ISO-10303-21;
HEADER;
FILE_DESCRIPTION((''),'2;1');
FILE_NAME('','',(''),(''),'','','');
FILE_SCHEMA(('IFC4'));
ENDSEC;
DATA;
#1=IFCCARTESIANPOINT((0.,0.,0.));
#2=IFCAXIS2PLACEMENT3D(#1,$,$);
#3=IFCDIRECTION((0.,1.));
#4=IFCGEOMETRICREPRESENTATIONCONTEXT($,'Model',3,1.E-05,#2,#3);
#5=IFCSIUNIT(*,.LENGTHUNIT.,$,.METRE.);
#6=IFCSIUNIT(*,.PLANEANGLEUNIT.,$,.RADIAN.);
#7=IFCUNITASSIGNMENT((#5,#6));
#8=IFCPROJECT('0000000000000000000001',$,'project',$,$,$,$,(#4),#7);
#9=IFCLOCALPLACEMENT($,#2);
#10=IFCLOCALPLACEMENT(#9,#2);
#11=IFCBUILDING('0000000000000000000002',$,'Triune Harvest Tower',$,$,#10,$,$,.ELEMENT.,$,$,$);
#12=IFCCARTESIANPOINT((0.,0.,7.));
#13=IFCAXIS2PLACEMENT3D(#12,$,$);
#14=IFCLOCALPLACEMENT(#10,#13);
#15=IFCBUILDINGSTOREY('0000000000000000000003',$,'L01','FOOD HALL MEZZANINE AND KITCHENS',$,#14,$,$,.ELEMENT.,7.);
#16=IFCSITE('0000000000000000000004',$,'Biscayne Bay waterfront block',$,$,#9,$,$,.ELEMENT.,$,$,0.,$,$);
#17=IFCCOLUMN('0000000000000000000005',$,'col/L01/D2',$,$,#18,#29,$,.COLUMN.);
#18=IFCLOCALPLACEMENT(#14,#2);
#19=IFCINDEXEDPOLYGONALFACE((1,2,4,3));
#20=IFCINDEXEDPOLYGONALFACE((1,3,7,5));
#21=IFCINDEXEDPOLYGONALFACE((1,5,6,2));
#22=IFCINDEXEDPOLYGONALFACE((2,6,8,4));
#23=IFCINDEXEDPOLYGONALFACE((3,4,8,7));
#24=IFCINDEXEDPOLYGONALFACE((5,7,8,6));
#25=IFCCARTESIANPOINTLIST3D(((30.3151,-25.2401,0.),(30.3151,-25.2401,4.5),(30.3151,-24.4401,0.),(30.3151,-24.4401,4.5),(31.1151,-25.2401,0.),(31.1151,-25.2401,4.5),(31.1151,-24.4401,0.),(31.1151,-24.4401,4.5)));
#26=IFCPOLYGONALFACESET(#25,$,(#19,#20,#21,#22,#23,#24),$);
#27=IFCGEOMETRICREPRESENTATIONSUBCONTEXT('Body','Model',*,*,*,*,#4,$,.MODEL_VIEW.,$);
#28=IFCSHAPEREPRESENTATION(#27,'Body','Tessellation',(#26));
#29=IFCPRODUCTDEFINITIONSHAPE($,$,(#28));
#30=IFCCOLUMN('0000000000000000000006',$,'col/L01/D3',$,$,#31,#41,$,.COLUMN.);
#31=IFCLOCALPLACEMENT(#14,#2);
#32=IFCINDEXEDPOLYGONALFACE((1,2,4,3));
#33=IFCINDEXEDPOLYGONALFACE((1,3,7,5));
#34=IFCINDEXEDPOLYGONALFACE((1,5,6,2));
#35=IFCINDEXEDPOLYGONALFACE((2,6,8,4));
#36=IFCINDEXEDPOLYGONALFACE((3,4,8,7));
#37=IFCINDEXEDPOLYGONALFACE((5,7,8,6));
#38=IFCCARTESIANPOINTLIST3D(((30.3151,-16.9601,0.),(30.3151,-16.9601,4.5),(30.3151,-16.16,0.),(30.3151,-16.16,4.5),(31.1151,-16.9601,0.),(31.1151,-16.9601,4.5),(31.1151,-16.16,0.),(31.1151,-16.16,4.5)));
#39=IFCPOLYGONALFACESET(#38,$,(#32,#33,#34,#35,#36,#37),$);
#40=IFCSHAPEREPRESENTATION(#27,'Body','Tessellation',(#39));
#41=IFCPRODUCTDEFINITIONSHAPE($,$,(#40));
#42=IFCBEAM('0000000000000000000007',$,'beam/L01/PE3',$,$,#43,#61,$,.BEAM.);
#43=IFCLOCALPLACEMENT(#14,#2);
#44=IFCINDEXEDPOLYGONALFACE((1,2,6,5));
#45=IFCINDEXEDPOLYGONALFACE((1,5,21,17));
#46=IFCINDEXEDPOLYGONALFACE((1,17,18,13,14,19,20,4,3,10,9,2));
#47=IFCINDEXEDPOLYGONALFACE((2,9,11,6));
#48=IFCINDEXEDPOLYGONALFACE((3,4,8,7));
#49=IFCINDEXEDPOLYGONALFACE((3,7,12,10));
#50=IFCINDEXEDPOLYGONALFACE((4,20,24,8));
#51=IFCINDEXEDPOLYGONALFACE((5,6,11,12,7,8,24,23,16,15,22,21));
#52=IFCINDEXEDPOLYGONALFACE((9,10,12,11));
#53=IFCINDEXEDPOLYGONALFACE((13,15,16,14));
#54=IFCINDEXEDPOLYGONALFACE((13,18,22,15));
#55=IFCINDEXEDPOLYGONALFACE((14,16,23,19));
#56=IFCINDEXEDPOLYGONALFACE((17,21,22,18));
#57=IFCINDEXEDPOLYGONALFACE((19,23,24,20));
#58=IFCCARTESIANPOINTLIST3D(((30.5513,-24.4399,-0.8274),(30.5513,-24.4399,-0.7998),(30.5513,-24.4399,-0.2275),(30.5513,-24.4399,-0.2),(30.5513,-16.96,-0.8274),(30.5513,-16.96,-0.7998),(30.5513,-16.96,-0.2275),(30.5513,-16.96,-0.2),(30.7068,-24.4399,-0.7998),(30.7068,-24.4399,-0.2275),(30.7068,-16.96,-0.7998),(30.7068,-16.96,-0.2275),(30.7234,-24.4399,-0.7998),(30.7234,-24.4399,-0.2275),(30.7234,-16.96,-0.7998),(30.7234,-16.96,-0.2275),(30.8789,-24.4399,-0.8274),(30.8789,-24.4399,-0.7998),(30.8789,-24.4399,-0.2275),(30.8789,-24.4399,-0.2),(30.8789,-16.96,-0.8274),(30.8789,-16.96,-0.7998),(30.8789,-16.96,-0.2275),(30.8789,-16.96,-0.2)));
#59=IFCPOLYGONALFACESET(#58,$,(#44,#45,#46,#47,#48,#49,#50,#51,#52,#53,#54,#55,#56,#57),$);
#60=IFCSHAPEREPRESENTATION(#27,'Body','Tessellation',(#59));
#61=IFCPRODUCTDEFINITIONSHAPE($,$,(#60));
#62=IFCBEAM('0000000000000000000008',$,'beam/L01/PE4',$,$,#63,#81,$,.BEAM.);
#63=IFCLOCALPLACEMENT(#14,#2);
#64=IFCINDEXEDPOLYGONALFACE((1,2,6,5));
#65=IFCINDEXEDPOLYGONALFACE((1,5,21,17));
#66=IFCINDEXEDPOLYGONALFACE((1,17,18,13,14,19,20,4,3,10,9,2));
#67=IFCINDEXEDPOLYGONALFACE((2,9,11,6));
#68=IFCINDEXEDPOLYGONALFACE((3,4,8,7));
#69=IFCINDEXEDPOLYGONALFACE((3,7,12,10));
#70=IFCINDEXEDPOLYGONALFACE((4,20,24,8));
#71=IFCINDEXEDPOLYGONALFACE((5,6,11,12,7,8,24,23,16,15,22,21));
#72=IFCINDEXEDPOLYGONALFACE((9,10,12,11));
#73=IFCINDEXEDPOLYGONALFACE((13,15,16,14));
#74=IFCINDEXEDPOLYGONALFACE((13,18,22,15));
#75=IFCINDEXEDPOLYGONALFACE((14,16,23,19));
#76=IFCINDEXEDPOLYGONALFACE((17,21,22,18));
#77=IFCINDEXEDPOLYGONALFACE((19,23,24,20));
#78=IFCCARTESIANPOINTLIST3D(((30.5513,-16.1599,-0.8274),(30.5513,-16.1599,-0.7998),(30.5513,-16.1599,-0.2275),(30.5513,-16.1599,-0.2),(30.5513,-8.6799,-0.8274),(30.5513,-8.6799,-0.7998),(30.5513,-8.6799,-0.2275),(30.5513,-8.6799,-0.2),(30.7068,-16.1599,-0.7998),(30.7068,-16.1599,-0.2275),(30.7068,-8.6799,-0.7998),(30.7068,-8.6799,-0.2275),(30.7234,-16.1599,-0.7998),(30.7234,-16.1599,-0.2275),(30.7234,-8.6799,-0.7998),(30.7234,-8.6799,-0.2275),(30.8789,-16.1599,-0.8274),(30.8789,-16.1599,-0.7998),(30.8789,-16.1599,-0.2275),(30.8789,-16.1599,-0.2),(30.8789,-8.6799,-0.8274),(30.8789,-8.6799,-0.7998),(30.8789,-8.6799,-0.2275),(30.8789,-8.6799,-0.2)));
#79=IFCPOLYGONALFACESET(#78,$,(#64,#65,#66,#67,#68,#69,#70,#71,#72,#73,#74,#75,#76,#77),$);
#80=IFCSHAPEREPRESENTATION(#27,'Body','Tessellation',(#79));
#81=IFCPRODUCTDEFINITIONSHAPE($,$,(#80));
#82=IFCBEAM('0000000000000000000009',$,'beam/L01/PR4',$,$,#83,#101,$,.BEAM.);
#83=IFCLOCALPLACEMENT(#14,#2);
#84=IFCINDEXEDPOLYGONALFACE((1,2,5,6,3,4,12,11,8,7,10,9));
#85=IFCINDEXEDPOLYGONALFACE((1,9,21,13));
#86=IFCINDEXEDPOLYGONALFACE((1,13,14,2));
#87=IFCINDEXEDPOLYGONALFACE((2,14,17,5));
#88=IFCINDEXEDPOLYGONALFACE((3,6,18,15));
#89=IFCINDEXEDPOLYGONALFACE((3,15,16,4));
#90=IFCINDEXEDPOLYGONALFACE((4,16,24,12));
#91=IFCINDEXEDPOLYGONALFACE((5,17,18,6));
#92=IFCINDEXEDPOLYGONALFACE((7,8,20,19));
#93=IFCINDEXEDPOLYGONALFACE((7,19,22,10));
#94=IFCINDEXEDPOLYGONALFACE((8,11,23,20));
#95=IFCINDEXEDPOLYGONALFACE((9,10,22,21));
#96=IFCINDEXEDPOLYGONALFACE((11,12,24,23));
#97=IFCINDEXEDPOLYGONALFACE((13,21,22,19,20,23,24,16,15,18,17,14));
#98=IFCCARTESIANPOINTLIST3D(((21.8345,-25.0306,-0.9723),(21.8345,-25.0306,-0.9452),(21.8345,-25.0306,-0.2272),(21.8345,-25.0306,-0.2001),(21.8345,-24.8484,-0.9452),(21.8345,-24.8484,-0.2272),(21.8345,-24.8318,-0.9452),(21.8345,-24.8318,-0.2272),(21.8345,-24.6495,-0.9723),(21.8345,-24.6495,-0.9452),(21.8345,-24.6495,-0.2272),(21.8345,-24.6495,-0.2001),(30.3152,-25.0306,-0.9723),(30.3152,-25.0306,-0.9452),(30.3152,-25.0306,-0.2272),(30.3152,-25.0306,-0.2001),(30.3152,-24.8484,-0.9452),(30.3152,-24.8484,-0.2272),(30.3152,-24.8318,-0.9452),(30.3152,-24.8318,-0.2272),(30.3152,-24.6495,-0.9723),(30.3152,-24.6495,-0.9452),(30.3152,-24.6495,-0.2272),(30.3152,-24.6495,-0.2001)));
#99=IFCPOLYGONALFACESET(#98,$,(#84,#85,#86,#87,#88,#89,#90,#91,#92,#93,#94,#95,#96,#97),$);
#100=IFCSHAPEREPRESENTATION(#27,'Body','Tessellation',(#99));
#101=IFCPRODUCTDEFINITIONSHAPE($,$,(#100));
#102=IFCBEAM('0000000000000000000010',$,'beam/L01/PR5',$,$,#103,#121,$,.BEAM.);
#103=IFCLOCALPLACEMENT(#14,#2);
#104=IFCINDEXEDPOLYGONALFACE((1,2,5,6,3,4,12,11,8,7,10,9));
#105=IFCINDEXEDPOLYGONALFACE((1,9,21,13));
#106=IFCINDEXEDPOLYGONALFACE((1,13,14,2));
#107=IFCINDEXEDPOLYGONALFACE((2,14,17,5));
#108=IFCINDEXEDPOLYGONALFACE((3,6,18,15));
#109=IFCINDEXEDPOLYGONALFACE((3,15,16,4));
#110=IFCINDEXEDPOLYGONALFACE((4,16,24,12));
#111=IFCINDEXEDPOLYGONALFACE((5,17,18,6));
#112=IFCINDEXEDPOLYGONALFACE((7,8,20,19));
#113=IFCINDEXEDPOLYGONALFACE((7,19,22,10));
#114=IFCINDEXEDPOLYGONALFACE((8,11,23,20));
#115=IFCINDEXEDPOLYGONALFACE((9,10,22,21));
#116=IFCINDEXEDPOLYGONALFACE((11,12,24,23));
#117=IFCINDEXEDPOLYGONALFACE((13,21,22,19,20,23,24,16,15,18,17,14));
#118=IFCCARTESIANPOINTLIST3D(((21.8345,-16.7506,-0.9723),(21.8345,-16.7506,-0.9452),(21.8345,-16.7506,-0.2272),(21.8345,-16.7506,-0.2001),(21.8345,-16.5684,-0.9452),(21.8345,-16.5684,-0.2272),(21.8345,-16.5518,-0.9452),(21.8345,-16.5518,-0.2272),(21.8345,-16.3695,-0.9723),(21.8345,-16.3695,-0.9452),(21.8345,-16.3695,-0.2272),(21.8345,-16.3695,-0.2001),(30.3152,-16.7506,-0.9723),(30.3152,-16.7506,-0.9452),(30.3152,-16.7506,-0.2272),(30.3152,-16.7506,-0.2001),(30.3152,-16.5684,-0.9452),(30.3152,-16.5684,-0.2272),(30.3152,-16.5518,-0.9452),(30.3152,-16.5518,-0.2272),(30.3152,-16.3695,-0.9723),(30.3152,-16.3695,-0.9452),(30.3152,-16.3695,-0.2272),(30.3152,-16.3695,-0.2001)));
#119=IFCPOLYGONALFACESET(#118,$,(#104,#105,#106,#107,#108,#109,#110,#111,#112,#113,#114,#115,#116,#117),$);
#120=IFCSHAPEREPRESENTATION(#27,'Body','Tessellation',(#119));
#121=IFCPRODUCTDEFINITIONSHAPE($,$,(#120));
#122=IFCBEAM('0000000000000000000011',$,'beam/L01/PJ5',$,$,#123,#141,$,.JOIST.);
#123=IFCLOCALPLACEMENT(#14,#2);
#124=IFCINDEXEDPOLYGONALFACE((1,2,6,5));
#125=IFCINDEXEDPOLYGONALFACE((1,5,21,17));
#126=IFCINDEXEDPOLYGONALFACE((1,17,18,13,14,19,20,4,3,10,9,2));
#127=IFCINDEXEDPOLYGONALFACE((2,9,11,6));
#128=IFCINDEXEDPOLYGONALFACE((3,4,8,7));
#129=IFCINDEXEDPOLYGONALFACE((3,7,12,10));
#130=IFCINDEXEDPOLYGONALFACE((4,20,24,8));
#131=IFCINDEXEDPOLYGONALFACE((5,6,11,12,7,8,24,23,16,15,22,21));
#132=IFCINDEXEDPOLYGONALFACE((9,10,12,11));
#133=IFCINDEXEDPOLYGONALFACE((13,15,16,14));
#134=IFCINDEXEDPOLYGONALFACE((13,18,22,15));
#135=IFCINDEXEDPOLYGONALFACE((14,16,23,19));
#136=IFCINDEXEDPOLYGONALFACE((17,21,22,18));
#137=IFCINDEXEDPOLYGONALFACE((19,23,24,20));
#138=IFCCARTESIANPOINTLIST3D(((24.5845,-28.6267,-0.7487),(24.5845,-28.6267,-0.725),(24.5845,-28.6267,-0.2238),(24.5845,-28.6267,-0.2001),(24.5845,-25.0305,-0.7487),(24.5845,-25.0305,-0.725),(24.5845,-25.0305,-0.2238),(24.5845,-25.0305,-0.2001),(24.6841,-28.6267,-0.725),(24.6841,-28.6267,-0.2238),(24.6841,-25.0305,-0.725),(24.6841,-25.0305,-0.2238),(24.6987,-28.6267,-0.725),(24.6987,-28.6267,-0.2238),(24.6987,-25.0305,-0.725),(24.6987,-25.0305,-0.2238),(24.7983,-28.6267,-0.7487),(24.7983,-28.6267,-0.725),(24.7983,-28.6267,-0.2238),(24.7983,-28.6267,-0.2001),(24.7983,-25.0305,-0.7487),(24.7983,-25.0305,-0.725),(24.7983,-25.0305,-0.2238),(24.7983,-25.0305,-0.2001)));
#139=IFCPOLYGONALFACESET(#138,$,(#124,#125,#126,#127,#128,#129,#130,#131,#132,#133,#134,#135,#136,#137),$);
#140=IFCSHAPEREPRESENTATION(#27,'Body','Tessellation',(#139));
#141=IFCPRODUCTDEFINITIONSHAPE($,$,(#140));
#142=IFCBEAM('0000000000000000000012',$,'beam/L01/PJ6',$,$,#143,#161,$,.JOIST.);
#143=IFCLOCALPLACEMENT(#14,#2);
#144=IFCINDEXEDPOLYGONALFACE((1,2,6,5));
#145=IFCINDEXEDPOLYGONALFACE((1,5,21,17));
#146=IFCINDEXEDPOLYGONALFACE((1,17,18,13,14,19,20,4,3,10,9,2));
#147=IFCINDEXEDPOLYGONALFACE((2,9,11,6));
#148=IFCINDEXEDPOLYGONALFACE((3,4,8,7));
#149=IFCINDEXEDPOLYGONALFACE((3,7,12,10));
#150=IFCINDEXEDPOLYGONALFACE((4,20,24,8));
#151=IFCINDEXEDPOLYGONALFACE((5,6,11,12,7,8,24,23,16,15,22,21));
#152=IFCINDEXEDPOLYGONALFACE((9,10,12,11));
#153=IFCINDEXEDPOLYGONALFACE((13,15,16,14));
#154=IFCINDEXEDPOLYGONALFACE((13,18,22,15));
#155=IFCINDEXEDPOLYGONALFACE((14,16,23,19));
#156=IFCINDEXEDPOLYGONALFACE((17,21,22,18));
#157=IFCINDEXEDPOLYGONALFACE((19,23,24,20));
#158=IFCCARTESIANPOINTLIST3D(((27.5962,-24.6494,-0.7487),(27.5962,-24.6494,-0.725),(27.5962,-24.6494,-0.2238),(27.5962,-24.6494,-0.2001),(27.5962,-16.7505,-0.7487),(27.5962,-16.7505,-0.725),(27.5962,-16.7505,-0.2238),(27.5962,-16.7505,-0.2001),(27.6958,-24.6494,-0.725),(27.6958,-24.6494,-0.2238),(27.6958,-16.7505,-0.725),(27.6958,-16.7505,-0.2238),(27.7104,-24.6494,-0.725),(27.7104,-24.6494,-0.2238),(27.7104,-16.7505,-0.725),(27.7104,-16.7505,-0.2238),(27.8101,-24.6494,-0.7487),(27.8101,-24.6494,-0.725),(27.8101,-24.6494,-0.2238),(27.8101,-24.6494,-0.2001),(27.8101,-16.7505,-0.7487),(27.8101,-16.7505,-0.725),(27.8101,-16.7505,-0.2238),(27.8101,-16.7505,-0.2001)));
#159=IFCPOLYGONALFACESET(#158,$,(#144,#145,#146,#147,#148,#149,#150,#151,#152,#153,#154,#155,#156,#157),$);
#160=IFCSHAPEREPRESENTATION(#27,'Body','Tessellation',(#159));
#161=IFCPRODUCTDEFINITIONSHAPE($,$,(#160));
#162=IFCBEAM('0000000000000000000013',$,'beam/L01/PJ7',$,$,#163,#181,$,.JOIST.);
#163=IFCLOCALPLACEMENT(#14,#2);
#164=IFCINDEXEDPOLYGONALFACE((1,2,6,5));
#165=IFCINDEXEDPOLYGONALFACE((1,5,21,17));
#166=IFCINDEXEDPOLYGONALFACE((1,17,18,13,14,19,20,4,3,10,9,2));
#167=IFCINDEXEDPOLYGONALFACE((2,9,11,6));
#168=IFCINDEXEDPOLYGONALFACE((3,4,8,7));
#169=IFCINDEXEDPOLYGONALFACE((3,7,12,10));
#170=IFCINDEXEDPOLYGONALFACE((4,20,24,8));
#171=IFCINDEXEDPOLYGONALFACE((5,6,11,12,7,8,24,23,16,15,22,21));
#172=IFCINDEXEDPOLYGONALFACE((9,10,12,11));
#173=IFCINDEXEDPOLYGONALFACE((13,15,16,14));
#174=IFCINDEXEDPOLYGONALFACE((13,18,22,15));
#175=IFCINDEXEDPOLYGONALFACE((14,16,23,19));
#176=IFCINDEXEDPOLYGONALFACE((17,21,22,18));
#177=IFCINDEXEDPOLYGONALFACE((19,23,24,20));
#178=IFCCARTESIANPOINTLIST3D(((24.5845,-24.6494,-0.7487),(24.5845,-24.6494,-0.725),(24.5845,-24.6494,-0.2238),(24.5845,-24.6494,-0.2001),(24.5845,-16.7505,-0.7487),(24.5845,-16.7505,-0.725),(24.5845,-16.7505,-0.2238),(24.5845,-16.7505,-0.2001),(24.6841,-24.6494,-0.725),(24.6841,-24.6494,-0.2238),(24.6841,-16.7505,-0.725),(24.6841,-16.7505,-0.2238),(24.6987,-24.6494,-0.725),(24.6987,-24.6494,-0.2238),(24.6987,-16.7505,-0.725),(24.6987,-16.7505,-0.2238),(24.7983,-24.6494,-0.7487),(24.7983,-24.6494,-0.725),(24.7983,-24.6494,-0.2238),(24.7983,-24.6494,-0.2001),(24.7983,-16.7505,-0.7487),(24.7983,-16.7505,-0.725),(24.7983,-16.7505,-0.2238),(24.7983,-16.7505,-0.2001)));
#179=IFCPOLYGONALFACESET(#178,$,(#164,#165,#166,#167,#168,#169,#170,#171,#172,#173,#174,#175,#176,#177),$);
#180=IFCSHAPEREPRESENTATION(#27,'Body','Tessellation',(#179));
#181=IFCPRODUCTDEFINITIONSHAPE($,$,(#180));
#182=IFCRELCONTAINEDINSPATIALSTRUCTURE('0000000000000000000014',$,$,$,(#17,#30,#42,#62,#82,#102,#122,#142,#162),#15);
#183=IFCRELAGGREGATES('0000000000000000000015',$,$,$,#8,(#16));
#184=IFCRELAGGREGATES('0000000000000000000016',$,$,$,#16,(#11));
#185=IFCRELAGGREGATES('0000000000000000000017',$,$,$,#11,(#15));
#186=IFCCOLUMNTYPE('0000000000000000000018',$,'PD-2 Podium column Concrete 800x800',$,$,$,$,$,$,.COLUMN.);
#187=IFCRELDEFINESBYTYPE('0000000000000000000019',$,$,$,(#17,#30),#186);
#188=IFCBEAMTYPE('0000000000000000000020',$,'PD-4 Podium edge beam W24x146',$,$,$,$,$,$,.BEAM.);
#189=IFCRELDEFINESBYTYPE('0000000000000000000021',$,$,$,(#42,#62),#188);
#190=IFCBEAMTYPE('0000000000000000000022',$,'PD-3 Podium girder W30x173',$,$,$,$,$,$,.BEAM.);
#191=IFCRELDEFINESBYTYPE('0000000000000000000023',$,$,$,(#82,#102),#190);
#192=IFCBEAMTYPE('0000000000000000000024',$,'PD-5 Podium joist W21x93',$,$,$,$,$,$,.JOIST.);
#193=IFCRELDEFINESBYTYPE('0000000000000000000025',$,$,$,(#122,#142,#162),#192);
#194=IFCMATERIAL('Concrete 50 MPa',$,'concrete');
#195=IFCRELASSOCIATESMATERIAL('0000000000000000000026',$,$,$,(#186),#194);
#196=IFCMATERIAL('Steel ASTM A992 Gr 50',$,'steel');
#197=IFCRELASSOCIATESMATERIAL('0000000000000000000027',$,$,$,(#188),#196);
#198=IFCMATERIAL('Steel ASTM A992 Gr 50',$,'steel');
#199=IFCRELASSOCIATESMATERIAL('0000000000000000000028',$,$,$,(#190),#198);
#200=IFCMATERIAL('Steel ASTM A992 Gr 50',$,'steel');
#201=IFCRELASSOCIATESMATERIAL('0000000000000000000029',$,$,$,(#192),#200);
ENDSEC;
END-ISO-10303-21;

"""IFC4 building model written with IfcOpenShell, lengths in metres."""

from ifc_helpers import new_model, si_unit, direction, frame, origin, origin_2d, place, context, subcontext, project, spatial, rectangle, i_section, extrude, source, transform, mapped, material, material_profile, profile_set, type_object, element, save


model = new_model("IFC4")

# Units and contexts
model_context = context("Model", 3, precision=1e-05, world=origin(), true_north=direction((0.0, 1.0)))
body_context = subcontext(model_context, "Body", "Model", "MODEL_VIEW")
ifc_project = project(units=[si_unit("LENGTHUNIT", "METRE"), si_unit("PLANEANGLEUNIT", "RADIAN")], contexts=[model_context])

# Site, building, storey
site_placement = place(None, origin())
site = spatial("IfcSite", under=ifc_project, at=site_placement, Name="Biscayne Bay waterfront block", CompositionType="ELEMENT", RefElevation=0.0)
building_placement = place(site_placement, origin())
building = spatial("IfcBuilding", under=site, at=building_placement, Name="Triune Harvest Tower", CompositionType="ELEMENT")
storey_placement = place(building_placement, frame((0.0, 0.0, 7.0)))
storey = spatial("IfcBuildingStorey", under=building, at=storey_placement, Name="L01", Description="FOOD HALL MEZZANINE AND KITCHENS", CompositionType="ELEMENT", Elevation=7.0)

# Columns
ifc_material_1 = material(Name="Concrete 50 MPa", Category="concrete")
ifc_material_profile_1 = material_profile(ifc_material_1, rectangle(XDim=0.8, YDim=0.8, at=origin_2d()), Name="Concrete 800x800")
ifc_profile_set_1 = profile_set([ifc_material_profile_1], Name="Concrete 50 MPa")
column_type = type_object("IfcColumnType", Name="PD-2 Podium column Concrete 800x800", PredefinedType="COLUMN", material=ifc_profile_set_1)
shared_shape_1 = source(origin(), body_context, "Body", "SweptSolid", [
    extrude(rectangle(XDim=0.8, YDim=0.8, at=origin_2d()), origin(), (0.0, 0.0, 1.0), 4.5),
])
for number, where, z_axis, x_axis, name in (
    (1, (30.7151, -24.8401, 0.0), (0.0, 0.0, 1.0), (0.0, 1.0, 0.0), "col/L01/D2"),
    (2, (30.7151, -16.5601, 0.0), (0.0, 0.0, 1.0), (0.0, 1.0, 0.0), "col/L01/D3"),
):
    element("IfcColumn", number, at=place(storey_placement, frame(where, z_axis=z_axis, x_axis=x_axis)), inside=storey, type_object=column_type, Name=name, PredefinedType="COLUMN", context=body_context, shape_type="MappedRepresentation", body=[
        mapped(shared_shape_1, transform((0.0, 0.0, 0.0), scale=1.0)),
    ])

# Beams
ifc_material_2 = material(Name="Steel ASTM A992 Gr 50", Category="steel")
ifc_material_profile_2 = material_profile(ifc_material_2, i_section(OverallWidth=0.3276, OverallDepth=0.6274, WebThickness=0.0166, FlangeThickness=0.0276, at=origin_2d()), Name="W24x146")
ifc_profile_set_2 = profile_set([ifc_material_profile_2], Name="Steel ASTM A992 Gr 50")
beam_type_1 = type_object("IfcBeamType", Name="PD-4 Podium edge beam W24x146", PredefinedType="BEAM", material=ifc_profile_set_2)
shared_shape_2 = source(origin(), body_context, "Body", "SweptSolid", [
    extrude(i_section(OverallWidth=0.3276, OverallDepth=0.6274, WebThickness=0.0166, FlangeThickness=0.0276, at=origin_2d()), origin(), (0.0, 0.0, 1.0), 7.48),
])
for number, where, z_axis, x_axis, name in (
    (3, (30.7151, -24.4399, -0.5137), (0.0, 1.0, 0.0), (-1.0, 0.0, 0.0), "beam/L01/PE3"),
    (4, (30.7151, -16.1599, -0.5137), (0.0, 1.0, 0.0), (-1.0, 0.0, 0.0), "beam/L01/PE4"),
):
    element("IfcBeam", number, at=place(storey_placement, frame(where, z_axis=z_axis, x_axis=x_axis)), inside=storey, type_object=beam_type_1, Name=name, PredefinedType="BEAM", context=body_context, shape_type="MappedRepresentation", body=[
        mapped(shared_shape_2, transform((0.0, 0.0, 0.0), scale=1.0)),
    ])
ifc_material_3 = material(Name="Steel ASTM A992 Gr 50", Category="steel")
ifc_material_profile_3 = material_profile(ifc_material_3, i_section(OverallWidth=0.3811, OverallDepth=0.7722, WebThickness=0.0166, FlangeThickness=0.0271, at=origin_2d()), Name="W30x173")
ifc_profile_set_3 = profile_set([ifc_material_profile_3], Name="Steel ASTM A992 Gr 50")
beam_type_2 = type_object("IfcBeamType", Name="PD-3 Podium girder W30x173", PredefinedType="BEAM", material=ifc_profile_set_3)
shared_shape_3 = source(origin(), body_context, "Body", "SweptSolid", [
    extrude(i_section(OverallWidth=0.3811, OverallDepth=0.7722, WebThickness=0.0166, FlangeThickness=0.0271, at=origin_2d()), origin(), (0.0, 0.0, 1.0), 8.4807),
])
for number, where, z_axis, x_axis, name in (
    (5, (30.3152, -24.8401, -0.5862), (-1.0, 0.0, 0.0), (0.0, -1.0, 0.0), "beam/L01/PR4"),
    (6, (30.3152, -16.5601, -0.5862), (-1.0, 0.0, 0.0), (0.0, -1.0, 0.0), "beam/L01/PR5"),
):
    element("IfcBeam", number, at=place(storey_placement, frame(where, z_axis=z_axis, x_axis=x_axis)), inside=storey, type_object=beam_type_2, Name=name, PredefinedType="BEAM", context=body_context, shape_type="MappedRepresentation", body=[
        mapped(shared_shape_3, transform((0.0, 0.0, 0.0), scale=1.0)),
    ])
ifc_material_4 = material(Name="Steel ASTM A992 Gr 50", Category="steel")
ifc_material_profile_4 = material_profile(ifc_material_4, i_section(OverallWidth=0.2139, OverallDepth=0.5486, WebThickness=0.0146, FlangeThickness=0.0237, at=origin_2d()), Name="W21x93")
ifc_profile_set_4 = profile_set([ifc_material_profile_4], Name="Steel ASTM A992 Gr 50")
beam_type_3 = type_object("IfcBeamType", Name="PD-5 Podium joist W21x93", PredefinedType="JOIST", material=ifc_profile_set_4)
shared_shape_4 = source(origin(), body_context, "Body", "SweptSolid", [
    extrude(i_section(OverallWidth=0.2139, OverallDepth=0.5486, WebThickness=0.0146, FlangeThickness=0.0237, at=origin_2d()), origin(), (0.0, 0.0, 1.0), 3.5962),
])
beam_placement = place(storey_placement, frame((24.6914, -28.6267, -0.4744), z_axis=(0.0, 1.0, 0.0), x_axis=(-1.0, 0.0, 0.0)))
element("IfcBeam", 7, at=beam_placement, inside=storey, type_object=beam_type_3, Name="beam/L01/PJ5", PredefinedType="JOIST", context=body_context, shape_type="MappedRepresentation", body=[
    mapped(shared_shape_4, transform((0.0, 0.0, 0.0), scale=1.0)),
])
shared_shape_5 = source(origin(), body_context, "Body", "SweptSolid", [
    extrude(i_section(OverallWidth=0.2139, OverallDepth=0.5486, WebThickness=0.0146, FlangeThickness=0.0237, at=origin_2d()), origin(), (0.0, 0.0, 1.0), 7.8989),
])
for number, where, z_axis, x_axis, name in (
    (8, (27.7031, -24.6494, -0.4744), (0.0, 1.0, 0.0), (-1.0, 0.0, 0.0), "beam/L01/PJ6"),
    (9, (24.6914, -24.6494, -0.4744), (0.0, 1.0, 0.0), (-1.0, 0.0, 0.0), "beam/L01/PJ7"),
):
    element("IfcBeam", number, at=place(storey_placement, frame(where, z_axis=z_axis, x_axis=x_axis)), inside=storey, type_object=beam_type_3, Name=name, PredefinedType="JOIST", context=body_context, shape_type="MappedRepresentation", body=[
        mapped(shared_shape_5, transform((0.0, 0.0, 0.0), scale=1.0)),
    ])

save(model, "model.ifc")
